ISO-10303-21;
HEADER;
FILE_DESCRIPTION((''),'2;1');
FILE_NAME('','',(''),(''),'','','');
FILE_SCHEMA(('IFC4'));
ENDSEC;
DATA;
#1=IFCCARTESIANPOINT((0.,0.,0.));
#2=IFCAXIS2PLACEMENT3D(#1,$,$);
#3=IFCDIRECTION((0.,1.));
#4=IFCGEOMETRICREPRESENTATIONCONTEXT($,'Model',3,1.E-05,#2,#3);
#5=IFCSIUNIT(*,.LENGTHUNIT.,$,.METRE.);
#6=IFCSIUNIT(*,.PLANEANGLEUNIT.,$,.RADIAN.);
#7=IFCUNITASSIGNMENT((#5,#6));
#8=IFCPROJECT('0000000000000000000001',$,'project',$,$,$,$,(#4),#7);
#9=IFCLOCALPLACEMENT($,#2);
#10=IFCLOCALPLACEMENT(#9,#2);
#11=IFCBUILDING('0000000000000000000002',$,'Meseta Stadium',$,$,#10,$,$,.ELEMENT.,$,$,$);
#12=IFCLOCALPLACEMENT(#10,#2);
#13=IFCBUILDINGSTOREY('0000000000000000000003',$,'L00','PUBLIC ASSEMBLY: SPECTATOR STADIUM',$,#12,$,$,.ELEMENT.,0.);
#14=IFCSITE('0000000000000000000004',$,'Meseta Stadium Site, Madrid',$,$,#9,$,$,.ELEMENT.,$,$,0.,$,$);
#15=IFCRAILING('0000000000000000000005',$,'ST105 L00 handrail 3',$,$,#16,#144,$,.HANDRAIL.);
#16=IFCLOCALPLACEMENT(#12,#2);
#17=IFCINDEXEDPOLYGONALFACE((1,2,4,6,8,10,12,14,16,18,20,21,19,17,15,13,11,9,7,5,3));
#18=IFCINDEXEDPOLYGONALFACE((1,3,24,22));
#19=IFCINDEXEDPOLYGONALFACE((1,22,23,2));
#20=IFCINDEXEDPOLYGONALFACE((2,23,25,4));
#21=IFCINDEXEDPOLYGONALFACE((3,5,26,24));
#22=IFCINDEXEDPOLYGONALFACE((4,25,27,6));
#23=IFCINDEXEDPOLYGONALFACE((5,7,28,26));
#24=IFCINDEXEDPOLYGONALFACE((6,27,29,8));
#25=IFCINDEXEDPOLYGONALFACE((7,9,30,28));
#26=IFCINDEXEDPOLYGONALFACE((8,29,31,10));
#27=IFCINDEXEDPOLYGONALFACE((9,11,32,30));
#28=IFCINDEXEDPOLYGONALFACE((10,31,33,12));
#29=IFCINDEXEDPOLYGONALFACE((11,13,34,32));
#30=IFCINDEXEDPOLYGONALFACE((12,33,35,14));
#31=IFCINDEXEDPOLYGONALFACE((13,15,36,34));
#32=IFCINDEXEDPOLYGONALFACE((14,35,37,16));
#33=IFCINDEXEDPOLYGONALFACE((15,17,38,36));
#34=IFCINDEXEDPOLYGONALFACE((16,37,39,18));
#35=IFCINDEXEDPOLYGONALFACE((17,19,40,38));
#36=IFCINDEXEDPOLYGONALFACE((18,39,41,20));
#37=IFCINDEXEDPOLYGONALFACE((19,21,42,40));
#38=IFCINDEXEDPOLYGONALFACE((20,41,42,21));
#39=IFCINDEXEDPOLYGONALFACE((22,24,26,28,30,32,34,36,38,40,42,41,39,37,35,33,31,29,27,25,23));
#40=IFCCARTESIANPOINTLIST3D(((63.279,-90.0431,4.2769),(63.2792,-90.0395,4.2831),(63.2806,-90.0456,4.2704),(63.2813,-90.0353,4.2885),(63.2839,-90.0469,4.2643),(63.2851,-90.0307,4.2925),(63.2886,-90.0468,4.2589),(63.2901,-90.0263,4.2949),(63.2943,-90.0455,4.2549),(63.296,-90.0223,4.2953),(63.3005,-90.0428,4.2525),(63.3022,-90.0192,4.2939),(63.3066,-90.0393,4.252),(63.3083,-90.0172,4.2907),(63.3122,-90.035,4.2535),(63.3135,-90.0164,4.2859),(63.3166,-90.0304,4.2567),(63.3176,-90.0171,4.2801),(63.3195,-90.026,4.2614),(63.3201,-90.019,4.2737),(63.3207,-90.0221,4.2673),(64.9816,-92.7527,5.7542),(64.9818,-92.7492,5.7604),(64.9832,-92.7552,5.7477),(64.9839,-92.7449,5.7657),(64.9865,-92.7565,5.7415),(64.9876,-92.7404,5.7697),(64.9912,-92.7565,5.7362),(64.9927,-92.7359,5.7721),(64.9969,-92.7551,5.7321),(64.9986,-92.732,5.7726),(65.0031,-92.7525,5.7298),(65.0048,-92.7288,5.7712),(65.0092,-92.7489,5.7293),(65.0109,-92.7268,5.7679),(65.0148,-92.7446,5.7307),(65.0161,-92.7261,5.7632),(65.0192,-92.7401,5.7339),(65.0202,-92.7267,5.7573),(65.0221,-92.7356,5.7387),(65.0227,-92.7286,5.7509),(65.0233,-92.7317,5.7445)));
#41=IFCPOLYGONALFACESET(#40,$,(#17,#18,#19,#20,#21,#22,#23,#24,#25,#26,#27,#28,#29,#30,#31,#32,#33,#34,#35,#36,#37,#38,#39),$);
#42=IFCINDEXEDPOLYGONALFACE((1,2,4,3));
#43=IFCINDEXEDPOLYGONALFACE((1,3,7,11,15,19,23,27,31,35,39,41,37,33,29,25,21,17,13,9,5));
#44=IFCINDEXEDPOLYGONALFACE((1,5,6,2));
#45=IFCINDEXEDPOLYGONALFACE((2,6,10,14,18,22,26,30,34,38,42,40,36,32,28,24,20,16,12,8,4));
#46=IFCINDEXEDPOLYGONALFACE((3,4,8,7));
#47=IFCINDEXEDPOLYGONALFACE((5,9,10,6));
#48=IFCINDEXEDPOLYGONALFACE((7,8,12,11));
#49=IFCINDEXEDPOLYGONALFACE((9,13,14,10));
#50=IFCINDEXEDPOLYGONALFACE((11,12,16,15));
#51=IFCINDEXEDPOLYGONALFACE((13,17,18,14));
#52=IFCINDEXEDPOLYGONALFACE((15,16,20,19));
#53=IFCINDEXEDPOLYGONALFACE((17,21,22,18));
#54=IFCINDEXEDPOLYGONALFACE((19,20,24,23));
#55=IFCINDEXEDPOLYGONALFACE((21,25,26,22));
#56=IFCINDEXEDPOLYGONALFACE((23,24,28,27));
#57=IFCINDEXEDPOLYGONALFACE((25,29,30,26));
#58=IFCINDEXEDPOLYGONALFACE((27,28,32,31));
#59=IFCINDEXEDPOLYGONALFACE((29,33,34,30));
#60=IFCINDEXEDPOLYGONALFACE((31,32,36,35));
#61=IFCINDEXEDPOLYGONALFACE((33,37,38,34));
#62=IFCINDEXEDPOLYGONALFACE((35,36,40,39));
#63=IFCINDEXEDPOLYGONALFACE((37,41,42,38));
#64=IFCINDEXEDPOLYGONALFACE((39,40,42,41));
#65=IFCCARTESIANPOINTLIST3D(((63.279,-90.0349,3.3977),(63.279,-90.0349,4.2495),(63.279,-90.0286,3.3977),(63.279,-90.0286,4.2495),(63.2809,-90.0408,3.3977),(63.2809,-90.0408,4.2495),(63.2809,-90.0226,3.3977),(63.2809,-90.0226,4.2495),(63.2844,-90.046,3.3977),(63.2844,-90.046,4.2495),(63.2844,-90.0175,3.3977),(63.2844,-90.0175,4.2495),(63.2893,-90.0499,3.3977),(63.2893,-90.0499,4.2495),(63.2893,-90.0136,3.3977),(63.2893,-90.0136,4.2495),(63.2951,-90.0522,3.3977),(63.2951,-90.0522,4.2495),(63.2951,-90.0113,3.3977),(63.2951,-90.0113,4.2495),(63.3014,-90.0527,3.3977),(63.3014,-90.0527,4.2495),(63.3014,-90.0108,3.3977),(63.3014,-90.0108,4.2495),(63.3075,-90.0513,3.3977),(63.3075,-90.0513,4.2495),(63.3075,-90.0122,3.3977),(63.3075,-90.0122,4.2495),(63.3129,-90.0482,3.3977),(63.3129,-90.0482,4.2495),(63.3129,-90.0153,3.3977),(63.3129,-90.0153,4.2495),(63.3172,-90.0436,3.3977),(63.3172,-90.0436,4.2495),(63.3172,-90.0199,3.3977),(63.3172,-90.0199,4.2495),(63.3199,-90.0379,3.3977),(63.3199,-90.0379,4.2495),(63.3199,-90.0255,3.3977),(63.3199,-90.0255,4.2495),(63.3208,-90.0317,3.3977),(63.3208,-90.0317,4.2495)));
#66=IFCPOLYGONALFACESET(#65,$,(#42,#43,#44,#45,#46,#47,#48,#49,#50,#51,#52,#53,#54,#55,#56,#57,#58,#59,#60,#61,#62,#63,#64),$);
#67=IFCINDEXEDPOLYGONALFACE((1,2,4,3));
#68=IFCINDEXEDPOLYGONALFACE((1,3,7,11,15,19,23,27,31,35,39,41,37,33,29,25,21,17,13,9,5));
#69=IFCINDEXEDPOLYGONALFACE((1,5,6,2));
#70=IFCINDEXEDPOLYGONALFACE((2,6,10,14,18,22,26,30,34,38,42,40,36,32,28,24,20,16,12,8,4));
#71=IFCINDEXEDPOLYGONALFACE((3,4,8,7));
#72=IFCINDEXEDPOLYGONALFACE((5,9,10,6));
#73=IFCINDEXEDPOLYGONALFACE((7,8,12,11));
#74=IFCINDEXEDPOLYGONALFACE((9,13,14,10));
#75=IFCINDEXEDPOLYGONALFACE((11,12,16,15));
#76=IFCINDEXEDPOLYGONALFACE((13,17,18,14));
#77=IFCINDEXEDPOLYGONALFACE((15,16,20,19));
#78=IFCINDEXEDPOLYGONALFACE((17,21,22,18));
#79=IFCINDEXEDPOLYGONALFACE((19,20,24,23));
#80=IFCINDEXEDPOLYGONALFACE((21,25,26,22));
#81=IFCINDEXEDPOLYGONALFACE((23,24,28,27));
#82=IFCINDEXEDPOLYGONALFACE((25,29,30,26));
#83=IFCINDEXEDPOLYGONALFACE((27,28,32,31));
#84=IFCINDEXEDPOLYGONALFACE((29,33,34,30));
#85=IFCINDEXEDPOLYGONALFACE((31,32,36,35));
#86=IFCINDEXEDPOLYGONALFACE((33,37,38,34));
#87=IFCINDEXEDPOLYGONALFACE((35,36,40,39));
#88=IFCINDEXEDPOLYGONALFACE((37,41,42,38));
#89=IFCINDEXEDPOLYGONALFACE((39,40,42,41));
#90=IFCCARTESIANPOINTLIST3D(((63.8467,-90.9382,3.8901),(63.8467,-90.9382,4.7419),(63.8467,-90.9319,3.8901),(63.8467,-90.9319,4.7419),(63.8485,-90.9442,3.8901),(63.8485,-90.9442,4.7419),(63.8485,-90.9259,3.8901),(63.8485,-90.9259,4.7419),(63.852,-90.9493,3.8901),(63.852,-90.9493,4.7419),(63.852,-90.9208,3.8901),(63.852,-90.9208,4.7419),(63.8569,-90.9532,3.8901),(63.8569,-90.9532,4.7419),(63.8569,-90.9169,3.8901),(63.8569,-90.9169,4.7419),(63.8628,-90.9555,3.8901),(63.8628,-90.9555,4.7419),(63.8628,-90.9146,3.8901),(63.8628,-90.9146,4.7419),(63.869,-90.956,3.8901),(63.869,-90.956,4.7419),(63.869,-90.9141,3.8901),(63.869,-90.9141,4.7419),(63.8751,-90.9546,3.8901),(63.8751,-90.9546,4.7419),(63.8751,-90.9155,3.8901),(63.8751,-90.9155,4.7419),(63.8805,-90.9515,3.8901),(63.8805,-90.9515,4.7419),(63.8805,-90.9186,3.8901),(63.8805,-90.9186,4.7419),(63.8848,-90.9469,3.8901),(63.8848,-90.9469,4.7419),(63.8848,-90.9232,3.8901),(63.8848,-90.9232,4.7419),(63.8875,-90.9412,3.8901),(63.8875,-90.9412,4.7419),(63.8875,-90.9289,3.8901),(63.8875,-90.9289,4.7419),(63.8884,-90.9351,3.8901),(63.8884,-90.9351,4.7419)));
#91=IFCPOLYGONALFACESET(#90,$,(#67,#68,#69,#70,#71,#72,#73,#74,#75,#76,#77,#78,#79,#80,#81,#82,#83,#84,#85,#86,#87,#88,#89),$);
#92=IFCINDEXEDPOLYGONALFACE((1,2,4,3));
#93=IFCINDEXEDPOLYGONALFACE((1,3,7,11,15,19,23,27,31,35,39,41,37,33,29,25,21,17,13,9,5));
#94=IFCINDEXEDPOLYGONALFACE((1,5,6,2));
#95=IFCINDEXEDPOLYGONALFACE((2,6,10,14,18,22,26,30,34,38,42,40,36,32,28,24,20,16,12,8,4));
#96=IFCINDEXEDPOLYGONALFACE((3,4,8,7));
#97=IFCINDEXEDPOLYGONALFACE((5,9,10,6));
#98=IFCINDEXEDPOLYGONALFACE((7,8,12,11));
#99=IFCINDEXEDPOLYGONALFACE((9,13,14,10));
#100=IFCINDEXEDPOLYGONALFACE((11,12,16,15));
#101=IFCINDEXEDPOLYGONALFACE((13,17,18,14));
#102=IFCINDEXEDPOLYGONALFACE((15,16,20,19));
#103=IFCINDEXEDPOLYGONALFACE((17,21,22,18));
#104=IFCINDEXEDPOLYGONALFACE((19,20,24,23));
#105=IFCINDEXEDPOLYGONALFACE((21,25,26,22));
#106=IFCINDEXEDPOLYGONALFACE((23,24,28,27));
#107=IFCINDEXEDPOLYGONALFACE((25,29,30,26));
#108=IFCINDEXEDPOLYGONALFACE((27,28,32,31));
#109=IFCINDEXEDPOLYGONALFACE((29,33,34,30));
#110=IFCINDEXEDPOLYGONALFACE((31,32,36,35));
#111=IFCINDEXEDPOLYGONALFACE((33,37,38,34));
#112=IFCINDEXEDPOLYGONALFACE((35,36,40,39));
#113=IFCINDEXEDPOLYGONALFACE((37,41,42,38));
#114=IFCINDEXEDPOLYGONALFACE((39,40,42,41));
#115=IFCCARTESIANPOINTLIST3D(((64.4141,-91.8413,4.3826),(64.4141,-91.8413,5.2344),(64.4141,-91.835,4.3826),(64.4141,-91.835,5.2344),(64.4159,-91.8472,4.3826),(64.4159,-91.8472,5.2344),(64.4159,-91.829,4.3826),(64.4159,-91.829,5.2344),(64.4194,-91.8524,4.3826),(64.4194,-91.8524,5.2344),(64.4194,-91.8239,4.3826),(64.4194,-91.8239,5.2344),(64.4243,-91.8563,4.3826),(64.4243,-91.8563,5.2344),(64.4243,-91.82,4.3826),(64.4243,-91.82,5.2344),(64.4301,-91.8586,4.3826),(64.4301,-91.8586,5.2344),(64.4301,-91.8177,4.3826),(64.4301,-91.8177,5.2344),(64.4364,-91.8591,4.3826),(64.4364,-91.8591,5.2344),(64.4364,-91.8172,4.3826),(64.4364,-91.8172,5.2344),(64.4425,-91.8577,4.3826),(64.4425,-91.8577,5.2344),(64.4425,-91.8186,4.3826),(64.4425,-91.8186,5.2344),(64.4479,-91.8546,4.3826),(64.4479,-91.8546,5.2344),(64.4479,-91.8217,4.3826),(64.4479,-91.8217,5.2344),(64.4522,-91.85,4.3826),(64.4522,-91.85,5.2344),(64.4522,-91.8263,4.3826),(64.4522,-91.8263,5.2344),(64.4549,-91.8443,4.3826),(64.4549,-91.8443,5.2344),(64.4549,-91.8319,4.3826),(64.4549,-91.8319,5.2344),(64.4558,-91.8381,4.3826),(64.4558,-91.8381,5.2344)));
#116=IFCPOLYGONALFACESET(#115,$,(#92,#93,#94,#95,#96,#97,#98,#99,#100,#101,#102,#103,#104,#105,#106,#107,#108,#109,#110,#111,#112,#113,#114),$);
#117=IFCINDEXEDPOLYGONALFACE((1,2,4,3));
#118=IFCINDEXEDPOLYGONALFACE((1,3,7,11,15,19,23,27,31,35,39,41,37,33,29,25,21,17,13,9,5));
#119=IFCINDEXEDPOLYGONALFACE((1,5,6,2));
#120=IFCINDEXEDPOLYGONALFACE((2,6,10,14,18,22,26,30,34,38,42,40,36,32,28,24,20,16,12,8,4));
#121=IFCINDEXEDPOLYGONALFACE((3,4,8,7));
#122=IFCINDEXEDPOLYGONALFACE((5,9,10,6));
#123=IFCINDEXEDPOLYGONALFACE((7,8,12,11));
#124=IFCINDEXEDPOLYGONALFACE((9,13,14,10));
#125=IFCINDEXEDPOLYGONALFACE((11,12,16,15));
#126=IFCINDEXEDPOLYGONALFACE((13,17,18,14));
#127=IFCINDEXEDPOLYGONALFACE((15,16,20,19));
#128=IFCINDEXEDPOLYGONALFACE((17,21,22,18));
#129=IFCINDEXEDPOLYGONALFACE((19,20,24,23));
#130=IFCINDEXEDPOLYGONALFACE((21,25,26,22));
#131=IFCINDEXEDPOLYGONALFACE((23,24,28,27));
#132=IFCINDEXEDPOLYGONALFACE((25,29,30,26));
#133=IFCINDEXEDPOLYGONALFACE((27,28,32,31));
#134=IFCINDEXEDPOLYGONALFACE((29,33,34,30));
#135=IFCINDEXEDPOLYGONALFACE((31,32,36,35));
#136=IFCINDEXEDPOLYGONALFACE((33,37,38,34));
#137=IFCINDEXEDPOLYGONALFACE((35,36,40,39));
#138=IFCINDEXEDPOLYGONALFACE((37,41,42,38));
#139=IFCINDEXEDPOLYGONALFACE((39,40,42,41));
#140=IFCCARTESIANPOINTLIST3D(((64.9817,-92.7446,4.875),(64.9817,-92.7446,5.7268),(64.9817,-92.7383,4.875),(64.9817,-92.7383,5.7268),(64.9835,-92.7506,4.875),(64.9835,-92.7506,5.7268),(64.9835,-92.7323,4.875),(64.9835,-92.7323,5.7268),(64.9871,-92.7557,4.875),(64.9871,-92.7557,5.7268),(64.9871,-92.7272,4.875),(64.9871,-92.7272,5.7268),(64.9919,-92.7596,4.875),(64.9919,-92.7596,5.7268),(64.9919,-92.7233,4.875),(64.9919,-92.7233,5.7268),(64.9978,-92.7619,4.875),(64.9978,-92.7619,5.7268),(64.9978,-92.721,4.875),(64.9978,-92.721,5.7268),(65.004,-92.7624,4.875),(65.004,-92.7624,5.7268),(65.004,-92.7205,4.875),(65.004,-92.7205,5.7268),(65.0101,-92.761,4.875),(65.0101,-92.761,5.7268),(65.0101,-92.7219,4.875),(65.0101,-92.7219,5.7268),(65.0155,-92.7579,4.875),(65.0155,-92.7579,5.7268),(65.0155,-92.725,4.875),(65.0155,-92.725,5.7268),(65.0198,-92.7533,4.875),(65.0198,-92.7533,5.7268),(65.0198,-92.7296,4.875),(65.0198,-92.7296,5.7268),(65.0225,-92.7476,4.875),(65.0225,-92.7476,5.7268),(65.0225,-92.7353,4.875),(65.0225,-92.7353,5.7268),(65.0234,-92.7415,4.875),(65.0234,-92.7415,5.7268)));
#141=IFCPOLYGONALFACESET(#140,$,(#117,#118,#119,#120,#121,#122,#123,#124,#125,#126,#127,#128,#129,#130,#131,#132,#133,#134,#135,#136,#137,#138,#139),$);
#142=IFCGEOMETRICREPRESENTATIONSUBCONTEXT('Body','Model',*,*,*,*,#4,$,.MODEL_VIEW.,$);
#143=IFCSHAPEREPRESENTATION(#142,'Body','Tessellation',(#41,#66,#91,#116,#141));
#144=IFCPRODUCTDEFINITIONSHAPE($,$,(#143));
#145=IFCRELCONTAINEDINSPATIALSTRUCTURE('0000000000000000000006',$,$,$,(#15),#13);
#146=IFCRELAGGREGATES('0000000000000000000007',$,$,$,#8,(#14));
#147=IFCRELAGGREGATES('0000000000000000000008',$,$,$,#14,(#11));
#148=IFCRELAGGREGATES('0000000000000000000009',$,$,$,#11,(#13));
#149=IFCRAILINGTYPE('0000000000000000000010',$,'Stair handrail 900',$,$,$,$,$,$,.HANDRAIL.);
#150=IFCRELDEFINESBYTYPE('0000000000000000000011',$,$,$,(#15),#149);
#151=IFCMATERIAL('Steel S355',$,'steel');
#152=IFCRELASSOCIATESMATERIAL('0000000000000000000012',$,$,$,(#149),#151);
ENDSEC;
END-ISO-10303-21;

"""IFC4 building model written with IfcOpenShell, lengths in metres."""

from ifc_helpers import new_model, si_unit, direction, frame, origin, origin_2d, place, context, subcontext, project, spatial, circle, extrude, material, type_object, element, save


model = new_model("IFC4")

# Units and contexts
model_context = context("Model", 3, precision=1e-05, world=origin(), true_north=direction((0.0, 1.0)))
body_context = subcontext(model_context, "Body", "Model", "MODEL_VIEW")
ifc_project = project(units=[si_unit("LENGTHUNIT", "METRE"), si_unit("PLANEANGLEUNIT", "RADIAN")], contexts=[model_context])

# Site, building, storey
site_placement = place(None, origin())
site = spatial("IfcSite", under=ifc_project, at=site_placement, Name="Meseta Stadium Site, Madrid", CompositionType="ELEMENT", RefElevation=0.0)
building_placement = place(site_placement, origin())
building = spatial("IfcBuilding", under=site, at=building_placement, Name="Meseta Stadium", CompositionType="ELEMENT")
storey_placement = place(building_placement, origin())
storey = spatial("IfcBuildingStorey", under=building, at=storey_placement, Name="L00", Description="PUBLIC ASSEMBLY: SPECTATOR STADIUM", CompositionType="ELEMENT", Elevation=0.0)

# Railing
ifc_material_1 = material(Name="Steel S355", Category="steel")
railing_type_1 = type_object("IfcRailingType", Name="Stair handrail 900", PredefinedType="HANDRAIL", material=ifc_material_1)
railing_1_placement = place(storey_placement, frame((63.2998, -90.0317, 3.3977)))
element("IfcRailing", 1, at=railing_1_placement, inside=storey, type_object=railing_type_1, Name="ST105 L00 handrail 3", PredefinedType="HANDRAIL", context=body_context, shape_type="SweptSolid", body=[
    extrude(circle(Radius=0.0239, at=origin_2d()), frame((0.0, 0.0, 0.876), z_axis=(0.48305, -0.768766, 0.419119), x_axis=(0.846723, 0.532034, 0.0)), (0.0, 0.0, 1.0), 3.5247),
    extrude(circle(Radius=0.021, at=origin_2d()), origin(), (0.0, 0.0, 1.0), 0.8518),
    extrude(circle(Radius=0.021, at=origin_2d()), frame((0.5676, -0.9033, 0.4924)), (0.0, 0.0, 1.0), 0.8518),
    extrude(circle(Radius=0.021, at=origin_2d()), frame((1.135, -1.8064, 0.9849)), (0.0, 0.0, 1.0), 0.8518),
    extrude(circle(Radius=0.021, at=origin_2d()), frame((1.7026, -2.7097, 1.4773)), (0.0, 0.0, 1.0), 0.8518),
])

save(model, "model.ifc")
